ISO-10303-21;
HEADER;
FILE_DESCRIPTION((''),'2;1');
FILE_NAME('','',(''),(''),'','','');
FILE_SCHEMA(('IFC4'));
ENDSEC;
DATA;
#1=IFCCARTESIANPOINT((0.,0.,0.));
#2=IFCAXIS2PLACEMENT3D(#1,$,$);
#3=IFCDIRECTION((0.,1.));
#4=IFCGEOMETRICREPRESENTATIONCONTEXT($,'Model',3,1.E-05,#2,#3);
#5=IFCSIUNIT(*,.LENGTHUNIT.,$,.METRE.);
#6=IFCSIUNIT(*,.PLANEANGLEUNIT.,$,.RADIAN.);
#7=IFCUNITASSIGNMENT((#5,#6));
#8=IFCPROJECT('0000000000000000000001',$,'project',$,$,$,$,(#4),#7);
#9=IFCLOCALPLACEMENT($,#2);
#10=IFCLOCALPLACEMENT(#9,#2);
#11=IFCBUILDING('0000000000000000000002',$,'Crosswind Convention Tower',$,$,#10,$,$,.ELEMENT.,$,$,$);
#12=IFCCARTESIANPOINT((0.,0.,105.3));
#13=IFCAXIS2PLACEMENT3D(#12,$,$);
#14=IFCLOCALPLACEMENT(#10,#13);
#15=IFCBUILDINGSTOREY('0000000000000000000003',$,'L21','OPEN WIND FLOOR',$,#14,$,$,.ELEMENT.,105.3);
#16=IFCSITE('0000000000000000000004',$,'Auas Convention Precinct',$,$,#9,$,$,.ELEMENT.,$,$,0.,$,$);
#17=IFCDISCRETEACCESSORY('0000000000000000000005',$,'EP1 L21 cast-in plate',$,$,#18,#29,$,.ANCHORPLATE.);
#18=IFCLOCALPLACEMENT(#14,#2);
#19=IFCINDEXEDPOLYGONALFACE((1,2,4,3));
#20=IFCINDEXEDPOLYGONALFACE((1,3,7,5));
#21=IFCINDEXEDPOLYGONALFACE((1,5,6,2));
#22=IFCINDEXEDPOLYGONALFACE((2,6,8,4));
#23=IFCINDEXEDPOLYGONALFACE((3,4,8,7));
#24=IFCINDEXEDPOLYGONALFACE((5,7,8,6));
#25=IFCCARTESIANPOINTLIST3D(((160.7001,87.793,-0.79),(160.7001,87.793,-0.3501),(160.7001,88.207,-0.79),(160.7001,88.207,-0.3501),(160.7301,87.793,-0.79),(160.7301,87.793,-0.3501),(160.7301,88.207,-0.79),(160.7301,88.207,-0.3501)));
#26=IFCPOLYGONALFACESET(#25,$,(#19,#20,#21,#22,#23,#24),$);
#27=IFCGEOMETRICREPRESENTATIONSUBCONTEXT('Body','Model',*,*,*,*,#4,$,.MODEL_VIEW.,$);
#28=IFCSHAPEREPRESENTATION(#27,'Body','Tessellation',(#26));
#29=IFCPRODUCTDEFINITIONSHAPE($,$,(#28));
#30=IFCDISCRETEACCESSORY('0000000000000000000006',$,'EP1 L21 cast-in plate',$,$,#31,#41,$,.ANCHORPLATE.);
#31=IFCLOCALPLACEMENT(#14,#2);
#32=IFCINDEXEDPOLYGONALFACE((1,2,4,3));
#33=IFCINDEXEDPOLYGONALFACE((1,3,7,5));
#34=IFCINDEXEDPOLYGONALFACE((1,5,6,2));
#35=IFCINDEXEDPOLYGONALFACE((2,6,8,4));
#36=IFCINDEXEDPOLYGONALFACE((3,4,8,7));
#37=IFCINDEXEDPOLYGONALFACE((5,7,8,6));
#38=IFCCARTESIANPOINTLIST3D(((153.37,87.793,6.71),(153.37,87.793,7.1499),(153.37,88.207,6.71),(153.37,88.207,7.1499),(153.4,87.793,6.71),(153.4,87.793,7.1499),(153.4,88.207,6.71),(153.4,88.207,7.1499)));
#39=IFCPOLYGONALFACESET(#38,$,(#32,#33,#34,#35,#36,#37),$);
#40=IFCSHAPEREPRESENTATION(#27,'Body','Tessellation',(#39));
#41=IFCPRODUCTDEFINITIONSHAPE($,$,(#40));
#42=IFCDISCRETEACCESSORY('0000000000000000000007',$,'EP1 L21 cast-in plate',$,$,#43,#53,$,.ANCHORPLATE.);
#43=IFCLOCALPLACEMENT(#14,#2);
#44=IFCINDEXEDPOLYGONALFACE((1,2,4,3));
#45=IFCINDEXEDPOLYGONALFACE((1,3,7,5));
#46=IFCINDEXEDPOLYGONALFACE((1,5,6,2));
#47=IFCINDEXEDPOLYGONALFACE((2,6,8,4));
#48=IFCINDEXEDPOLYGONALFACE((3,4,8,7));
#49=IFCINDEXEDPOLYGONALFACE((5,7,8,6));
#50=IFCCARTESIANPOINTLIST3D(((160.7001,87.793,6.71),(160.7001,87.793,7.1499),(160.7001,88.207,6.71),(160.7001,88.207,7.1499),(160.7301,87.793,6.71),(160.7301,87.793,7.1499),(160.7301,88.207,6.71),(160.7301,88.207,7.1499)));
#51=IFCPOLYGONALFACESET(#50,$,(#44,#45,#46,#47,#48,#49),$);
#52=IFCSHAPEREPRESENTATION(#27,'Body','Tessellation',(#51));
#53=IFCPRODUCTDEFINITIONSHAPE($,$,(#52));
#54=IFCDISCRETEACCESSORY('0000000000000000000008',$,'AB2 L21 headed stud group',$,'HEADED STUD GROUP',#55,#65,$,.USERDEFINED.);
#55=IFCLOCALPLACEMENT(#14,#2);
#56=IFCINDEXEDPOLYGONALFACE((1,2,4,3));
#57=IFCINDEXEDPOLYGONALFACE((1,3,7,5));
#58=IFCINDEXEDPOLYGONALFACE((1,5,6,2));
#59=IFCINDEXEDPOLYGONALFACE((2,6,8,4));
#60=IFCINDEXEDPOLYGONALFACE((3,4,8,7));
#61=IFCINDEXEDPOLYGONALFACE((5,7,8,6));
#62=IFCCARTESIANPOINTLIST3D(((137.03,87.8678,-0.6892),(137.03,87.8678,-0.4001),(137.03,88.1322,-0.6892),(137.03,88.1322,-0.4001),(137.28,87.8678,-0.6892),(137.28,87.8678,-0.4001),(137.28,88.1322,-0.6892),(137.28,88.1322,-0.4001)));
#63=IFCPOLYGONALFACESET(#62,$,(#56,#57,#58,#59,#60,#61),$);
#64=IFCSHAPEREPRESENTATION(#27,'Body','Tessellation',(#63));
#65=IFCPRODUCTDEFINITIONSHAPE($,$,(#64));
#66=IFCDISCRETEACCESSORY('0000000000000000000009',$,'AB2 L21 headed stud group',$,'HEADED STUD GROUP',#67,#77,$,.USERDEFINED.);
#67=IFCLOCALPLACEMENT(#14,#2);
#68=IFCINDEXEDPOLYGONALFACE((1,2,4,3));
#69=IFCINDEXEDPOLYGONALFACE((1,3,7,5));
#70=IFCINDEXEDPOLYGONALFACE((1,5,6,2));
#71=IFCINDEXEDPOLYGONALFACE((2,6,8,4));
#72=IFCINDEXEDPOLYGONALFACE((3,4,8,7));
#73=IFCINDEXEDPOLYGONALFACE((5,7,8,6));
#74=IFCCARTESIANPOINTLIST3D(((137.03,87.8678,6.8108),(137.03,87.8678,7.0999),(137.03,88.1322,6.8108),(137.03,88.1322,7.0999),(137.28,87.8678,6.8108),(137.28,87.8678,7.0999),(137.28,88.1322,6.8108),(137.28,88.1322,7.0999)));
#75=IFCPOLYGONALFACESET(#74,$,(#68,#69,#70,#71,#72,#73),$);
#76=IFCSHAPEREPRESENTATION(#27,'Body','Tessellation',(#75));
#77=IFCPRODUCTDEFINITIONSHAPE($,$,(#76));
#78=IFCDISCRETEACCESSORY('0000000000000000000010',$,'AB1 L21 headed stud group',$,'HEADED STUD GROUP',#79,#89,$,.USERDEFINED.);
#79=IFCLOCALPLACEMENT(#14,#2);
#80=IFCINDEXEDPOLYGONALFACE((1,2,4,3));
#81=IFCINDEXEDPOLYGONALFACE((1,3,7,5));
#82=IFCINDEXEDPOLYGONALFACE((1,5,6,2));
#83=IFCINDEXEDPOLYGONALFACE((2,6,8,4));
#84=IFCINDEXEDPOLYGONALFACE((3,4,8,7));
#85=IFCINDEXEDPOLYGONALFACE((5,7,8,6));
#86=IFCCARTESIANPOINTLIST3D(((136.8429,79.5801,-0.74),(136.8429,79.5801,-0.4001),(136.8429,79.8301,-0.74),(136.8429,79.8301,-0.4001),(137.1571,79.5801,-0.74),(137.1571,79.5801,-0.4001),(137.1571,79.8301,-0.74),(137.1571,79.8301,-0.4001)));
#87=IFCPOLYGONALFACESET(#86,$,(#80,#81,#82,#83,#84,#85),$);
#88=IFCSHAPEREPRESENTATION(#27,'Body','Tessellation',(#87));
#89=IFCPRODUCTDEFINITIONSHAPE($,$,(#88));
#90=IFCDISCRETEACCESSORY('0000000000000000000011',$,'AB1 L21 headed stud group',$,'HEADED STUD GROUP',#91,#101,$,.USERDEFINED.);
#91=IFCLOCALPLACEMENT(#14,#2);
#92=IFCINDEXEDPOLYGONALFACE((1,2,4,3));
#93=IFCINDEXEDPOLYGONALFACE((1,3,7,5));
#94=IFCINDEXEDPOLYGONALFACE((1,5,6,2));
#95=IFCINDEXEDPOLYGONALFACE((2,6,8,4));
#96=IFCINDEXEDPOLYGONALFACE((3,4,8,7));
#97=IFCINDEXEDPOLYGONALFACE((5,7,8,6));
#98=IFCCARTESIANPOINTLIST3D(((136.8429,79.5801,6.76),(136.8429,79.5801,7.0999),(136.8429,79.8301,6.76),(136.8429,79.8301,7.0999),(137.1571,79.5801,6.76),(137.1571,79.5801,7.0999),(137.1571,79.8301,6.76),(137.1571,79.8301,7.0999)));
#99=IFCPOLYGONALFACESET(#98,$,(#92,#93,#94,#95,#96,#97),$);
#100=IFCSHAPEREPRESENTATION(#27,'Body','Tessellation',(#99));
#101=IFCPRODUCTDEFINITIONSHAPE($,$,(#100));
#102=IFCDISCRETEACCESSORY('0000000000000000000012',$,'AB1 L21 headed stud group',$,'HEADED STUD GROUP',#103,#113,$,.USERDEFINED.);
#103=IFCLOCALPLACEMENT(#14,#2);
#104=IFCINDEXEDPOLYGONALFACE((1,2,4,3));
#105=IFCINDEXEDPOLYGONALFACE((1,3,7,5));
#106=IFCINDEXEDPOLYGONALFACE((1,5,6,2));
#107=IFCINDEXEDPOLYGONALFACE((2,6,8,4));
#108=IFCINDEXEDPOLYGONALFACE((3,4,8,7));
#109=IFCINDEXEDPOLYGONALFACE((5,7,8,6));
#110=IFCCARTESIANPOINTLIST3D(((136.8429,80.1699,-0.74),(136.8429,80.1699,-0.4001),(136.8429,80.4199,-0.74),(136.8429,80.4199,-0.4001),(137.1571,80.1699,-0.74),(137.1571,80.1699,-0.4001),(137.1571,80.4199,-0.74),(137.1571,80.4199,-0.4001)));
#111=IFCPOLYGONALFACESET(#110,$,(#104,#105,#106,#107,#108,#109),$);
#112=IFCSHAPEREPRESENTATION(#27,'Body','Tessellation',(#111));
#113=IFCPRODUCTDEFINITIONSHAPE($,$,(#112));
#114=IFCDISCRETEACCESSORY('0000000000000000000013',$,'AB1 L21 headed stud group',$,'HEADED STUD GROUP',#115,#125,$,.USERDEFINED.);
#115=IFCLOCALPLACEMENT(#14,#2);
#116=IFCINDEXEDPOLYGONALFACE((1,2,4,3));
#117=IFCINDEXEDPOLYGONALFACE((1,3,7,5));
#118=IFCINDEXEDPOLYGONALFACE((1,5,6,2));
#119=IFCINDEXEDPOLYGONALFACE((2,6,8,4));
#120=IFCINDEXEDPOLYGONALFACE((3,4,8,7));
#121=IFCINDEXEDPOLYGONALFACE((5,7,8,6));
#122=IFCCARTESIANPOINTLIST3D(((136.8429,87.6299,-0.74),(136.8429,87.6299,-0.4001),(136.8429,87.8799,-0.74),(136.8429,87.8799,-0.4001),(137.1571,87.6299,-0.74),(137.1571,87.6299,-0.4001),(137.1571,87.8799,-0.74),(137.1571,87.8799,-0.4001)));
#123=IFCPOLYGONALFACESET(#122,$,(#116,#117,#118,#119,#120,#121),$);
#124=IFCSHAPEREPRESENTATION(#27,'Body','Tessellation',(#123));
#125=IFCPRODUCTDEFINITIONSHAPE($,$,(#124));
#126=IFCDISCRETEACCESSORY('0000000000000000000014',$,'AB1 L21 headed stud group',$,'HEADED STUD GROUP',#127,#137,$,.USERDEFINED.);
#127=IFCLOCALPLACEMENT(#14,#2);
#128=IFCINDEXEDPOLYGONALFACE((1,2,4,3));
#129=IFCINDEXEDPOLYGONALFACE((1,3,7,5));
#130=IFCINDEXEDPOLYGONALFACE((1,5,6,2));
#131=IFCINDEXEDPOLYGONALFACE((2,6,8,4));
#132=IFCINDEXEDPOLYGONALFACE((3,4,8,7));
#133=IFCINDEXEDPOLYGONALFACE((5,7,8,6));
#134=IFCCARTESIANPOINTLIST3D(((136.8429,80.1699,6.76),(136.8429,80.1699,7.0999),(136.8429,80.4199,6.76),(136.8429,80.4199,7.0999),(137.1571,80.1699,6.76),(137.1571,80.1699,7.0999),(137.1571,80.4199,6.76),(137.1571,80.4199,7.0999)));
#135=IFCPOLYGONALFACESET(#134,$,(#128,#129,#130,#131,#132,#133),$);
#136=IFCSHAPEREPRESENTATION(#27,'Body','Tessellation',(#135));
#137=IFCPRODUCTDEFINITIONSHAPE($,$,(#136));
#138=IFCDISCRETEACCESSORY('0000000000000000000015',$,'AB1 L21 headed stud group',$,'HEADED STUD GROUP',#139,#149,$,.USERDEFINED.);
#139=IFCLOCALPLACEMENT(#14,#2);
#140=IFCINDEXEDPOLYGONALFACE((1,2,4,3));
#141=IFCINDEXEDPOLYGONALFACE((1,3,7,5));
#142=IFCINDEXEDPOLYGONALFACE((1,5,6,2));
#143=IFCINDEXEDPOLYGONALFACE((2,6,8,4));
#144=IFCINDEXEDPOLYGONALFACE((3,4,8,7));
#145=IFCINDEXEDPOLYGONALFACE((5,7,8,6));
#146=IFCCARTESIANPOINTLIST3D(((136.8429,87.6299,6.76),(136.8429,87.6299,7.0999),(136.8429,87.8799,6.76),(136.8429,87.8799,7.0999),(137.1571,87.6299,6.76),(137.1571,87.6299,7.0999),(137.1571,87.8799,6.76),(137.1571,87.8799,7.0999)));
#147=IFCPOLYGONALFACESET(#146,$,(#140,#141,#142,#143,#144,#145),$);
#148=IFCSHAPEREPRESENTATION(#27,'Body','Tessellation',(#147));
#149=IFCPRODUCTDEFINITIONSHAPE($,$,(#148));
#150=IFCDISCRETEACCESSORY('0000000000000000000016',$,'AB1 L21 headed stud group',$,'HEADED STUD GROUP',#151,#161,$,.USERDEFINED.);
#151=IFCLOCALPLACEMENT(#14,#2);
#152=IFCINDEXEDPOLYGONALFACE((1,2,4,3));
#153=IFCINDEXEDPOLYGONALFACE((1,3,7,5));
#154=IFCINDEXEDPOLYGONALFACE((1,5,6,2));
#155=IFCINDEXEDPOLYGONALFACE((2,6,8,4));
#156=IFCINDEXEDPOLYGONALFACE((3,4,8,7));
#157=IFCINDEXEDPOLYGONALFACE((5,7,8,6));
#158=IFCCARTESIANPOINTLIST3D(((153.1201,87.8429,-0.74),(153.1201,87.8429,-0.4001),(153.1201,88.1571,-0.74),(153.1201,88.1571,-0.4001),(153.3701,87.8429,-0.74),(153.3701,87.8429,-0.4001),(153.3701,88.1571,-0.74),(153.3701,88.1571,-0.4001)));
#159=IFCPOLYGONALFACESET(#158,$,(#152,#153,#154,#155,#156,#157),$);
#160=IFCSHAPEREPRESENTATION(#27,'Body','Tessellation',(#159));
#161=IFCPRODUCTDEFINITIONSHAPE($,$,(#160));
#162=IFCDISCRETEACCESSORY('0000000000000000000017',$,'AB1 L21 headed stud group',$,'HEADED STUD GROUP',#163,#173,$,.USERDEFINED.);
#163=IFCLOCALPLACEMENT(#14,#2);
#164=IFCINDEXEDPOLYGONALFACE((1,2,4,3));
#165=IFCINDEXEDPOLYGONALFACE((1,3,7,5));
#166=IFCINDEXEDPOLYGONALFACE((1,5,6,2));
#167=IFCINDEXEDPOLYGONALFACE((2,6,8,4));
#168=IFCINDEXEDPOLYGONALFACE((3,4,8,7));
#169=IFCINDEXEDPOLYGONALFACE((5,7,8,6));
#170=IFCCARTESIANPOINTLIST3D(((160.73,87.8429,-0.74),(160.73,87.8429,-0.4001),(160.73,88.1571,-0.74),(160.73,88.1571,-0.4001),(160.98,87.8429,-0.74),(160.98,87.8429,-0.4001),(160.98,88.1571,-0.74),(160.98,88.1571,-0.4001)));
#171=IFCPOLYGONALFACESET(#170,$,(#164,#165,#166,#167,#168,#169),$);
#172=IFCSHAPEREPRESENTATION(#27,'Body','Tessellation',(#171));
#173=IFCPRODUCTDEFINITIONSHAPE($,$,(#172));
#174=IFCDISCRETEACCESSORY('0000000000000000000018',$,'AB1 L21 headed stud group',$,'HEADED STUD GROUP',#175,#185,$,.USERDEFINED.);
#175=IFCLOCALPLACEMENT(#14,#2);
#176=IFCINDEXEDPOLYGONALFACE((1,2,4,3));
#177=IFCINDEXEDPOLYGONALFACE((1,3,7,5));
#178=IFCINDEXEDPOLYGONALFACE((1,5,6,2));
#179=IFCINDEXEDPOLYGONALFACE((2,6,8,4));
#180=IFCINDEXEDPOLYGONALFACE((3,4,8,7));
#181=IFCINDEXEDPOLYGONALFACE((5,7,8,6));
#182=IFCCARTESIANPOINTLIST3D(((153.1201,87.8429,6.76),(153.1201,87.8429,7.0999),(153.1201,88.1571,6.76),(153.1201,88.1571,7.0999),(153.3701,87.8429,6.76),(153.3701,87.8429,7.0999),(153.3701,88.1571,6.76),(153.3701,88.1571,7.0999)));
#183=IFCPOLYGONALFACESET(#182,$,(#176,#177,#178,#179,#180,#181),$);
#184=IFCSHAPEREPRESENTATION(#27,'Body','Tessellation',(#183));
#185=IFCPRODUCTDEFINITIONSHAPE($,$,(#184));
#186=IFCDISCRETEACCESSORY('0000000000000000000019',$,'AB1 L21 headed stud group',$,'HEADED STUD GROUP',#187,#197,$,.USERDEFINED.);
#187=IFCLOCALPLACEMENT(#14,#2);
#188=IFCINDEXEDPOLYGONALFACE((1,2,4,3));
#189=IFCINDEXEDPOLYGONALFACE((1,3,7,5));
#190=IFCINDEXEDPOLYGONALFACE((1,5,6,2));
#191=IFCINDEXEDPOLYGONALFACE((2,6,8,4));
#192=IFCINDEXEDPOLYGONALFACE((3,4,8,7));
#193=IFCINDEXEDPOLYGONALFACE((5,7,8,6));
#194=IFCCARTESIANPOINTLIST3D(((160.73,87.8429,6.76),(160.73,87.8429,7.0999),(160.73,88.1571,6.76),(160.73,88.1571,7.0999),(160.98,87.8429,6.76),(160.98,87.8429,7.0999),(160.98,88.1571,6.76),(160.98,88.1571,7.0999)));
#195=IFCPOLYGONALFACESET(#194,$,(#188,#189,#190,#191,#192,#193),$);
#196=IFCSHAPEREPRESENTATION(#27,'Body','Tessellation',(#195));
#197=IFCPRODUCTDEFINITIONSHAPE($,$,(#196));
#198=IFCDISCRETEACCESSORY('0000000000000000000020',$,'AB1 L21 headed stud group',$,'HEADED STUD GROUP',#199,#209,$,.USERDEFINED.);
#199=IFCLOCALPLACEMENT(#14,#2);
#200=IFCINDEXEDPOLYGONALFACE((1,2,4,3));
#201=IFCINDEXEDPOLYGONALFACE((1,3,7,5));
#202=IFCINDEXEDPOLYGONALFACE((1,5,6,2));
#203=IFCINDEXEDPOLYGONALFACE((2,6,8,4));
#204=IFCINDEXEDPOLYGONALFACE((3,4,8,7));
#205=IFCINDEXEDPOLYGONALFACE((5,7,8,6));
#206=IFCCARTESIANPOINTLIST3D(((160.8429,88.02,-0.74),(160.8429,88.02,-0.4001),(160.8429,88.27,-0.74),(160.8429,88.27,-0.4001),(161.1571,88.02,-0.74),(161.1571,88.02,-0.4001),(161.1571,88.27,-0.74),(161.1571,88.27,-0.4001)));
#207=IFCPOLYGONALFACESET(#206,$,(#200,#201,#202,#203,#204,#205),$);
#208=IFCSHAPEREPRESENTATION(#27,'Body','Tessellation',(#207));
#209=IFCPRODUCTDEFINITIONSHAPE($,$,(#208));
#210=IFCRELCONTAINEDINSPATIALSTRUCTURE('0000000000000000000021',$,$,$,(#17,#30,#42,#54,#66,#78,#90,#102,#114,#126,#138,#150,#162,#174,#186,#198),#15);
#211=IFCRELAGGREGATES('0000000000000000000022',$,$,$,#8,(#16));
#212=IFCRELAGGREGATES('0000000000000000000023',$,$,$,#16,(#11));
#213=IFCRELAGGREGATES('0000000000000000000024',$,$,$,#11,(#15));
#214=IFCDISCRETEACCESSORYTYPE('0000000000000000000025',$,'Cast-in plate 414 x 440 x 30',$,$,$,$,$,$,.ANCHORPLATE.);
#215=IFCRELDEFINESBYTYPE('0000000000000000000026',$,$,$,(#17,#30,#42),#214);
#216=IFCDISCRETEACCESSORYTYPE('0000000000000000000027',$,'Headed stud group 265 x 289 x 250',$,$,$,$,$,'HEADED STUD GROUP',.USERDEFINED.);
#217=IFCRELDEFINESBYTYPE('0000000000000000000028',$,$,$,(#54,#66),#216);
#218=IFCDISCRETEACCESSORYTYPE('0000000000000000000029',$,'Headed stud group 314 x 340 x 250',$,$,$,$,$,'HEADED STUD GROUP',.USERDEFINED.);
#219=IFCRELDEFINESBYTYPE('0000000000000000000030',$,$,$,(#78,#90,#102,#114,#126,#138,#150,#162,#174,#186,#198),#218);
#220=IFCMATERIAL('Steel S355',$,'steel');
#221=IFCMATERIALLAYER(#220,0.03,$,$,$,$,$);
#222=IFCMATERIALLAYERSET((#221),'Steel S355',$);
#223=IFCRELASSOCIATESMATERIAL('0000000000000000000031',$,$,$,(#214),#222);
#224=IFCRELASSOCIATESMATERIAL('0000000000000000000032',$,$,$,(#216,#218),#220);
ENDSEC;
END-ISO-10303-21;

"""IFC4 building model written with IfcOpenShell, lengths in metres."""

from ifc_helpers import new_model, si_unit, direction, frame, origin, origin_2d, place, context, subcontext, project, spatial, rectangle, extrude, material, layer, layer_set, type_object, element, save


model = new_model("IFC4")

# Units and contexts
model_context = context("Model", 3, precision=1e-05, world=origin(), true_north=direction((0.0, 1.0)))
body_context = subcontext(model_context, "Body", "Model", "MODEL_VIEW")
ifc_project = project(units=[si_unit("LENGTHUNIT", "METRE"), si_unit("PLANEANGLEUNIT", "RADIAN")], contexts=[model_context])

# Site, building, storey
site_placement = place(None, origin())
site = spatial("IfcSite", under=ifc_project, at=site_placement, Name="Auas Convention Precinct", CompositionType="ELEMENT", RefElevation=0.0)
building_placement = place(site_placement, origin())
building = spatial("IfcBuilding", under=site, at=building_placement, Name="Crosswind Convention Tower", CompositionType="ELEMENT")
storey_placement = place(building_placement, frame((0.0, 0.0, 105.3)))
storey = spatial("IfcBuildingStorey", under=building, at=storey_placement, Name="L21", Description="OPEN WIND FLOOR", CompositionType="ELEMENT", Elevation=105.3)

# Shared definitions
ifc_material_1 = material(Name="Steel S355", Category="steel")

# Discrete accessories
ifc_layer_1 = layer(ifc_material_1, 0.03)
ifc_layer_set_1 = layer_set([ifc_layer_1], Name="Steel S355")
discrete_accessory_type_1 = type_object("IfcDiscreteAccessoryType", Name="Cast-in plate 414 x 440 x 30", PredefinedType="ANCHORPLATE", material=ifc_layer_set_1)
for number, where, z_axis, x_axis, name in (
    (1, (160.7151, 88.0, -0.79), (0.0, 0.0, 1.0), (1.0, 0.0, 0.0), "EP1 L21 cast-in plate"),
    (2, (153.385, 88.0, 6.71), (0.0, 0.0, 1.0), (1.0, 0.0, 0.0), "EP1 L21 cast-in plate"),
    (3, (160.7151, 88.0, 6.71), (0.0, 0.0, 1.0), (1.0, 0.0, 0.0), "EP1 L21 cast-in plate"),
):
    element("IfcDiscreteAccessory", number, at=place(storey_placement, frame(where, z_axis=z_axis, x_axis=x_axis)), inside=storey, type_object=discrete_accessory_type_1, Name=name, PredefinedType="ANCHORPLATE", context=body_context, shape_type="SweptSolid", body=[
        extrude(rectangle(XDim=0.03, YDim=0.4141, at=origin_2d()), origin(), (0.0, 0.0, 1.0), 0.4399),
    ])
discrete_accessory_type_2 = type_object("IfcDiscreteAccessoryType", Name="Headed stud group 265 x 289 x 250", ElementType="HEADED STUD GROUP", PredefinedType="USERDEFINED", material=ifc_material_1)
for number, where, z_axis, x_axis, name in (
    (4, (137.155, 88.0, -0.6892), (0.0, 0.0, 1.0), (1.0, 0.0, 0.0), "AB2 L21 headed stud group"),
    (5, (137.155, 88.0, 6.8108), (0.0, 0.0, 1.0), (1.0, 0.0, 0.0), "AB2 L21 headed stud group"),
):
    element("IfcDiscreteAccessory", number, at=place(storey_placement, frame(where, z_axis=z_axis, x_axis=x_axis)), inside=storey, type_object=discrete_accessory_type_2, Name=name, ObjectType="HEADED STUD GROUP", PredefinedType="USERDEFINED", context=body_context, shape_type="SweptSolid", body=[
        extrude(rectangle(XDim=0.25, YDim=0.2644, at=origin_2d()), origin(), (0.0, 0.0, 1.0), 0.2891),
    ])
discrete_accessory_type_3 = type_object("IfcDiscreteAccessoryType", Name="Headed stud group 314 x 340 x 250", ElementType="HEADED STUD GROUP", PredefinedType="USERDEFINED", material=ifc_material_1)
for number, where, z_axis, x_axis, name in (
    (6, (137.0, 79.7051, -0.74), (0.0, 0.0, 1.0), (1.0, 0.0, 0.0), "AB1 L21 headed stud group"),
    (7, (137.0, 79.7051, 6.76), (0.0, 0.0, 1.0), (1.0, 0.0, 0.0), "AB1 L21 headed stud group"),
    (8, (137.0, 80.2949, -0.74), (0.0, 0.0, 1.0), (1.0, 0.0, 0.0), "AB1 L21 headed stud group"),
    (9, (137.0, 87.7549, -0.74), (0.0, 0.0, 1.0), (1.0, 0.0, 0.0), "AB1 L21 headed stud group"),
    (10, (137.0, 80.2949, 6.76), (0.0, 0.0, 1.0), (1.0, 0.0, 0.0), "AB1 L21 headed stud group"),
    (11, (137.0, 87.7549, 6.76), (0.0, 0.0, 1.0), (1.0, 0.0, 0.0), "AB1 L21 headed stud group"),
):
    element("IfcDiscreteAccessory", number, at=place(storey_placement, frame(where, z_axis=z_axis, x_axis=x_axis)), inside=storey, type_object=discrete_accessory_type_3, Name=name, ObjectType="HEADED STUD GROUP", PredefinedType="USERDEFINED", context=body_context, shape_type="SweptSolid", body=[
        extrude(rectangle(XDim=0.3142, YDim=0.25, at=origin_2d()), origin(), (0.0, 0.0, 1.0), 0.3398),
    ])
for number, where, z_axis, x_axis, name in (
    (12, (153.2451, 88.0, -0.74), (0.0, 0.0, 1.0), (1.0, 0.0, 0.0), "AB1 L21 headed stud group"),
    (13, (160.855, 88.0, -0.74), (0.0, 0.0, 1.0), (1.0, 0.0, 0.0), "AB1 L21 headed stud group"),
    (14, (153.2451, 88.0, 6.76), (0.0, 0.0, 1.0), (1.0, 0.0, 0.0), "AB1 L21 headed stud group"),
    (15, (160.855, 88.0, 6.76), (0.0, 0.0, 1.0), (1.0, 0.0, 0.0), "AB1 L21 headed stud group"),
):
    element("IfcDiscreteAccessory", number, at=place(storey_placement, frame(where, z_axis=z_axis, x_axis=x_axis)), inside=storey, type_object=discrete_accessory_type_3, Name=name, ObjectType="HEADED STUD GROUP", PredefinedType="USERDEFINED", context=body_context, shape_type="SweptSolid", body=[
        extrude(rectangle(XDim=0.25, YDim=0.3142, at=origin_2d()), origin(), (0.0, 0.0, 1.0), 0.3398),
    ])
discrete_accessory_placement = place(storey_placement, frame((161.0, 88.145, -0.74), z_axis=(0.0, 0.0, 1.0), x_axis=(1.0, 0.0, 0.0)))
element("IfcDiscreteAccessory", 16, at=discrete_accessory_placement, inside=storey, type_object=discrete_accessory_type_3, Name="AB1 L21 headed stud group", ObjectType="HEADED STUD GROUP", PredefinedType="USERDEFINED", context=body_context, shape_type="SweptSolid", body=[
    extrude(rectangle(XDim=0.3142, YDim=0.25, at=origin_2d()), origin(), (0.0, 0.0, 1.0), 0.3398),
])

save(model, "model.ifc")
